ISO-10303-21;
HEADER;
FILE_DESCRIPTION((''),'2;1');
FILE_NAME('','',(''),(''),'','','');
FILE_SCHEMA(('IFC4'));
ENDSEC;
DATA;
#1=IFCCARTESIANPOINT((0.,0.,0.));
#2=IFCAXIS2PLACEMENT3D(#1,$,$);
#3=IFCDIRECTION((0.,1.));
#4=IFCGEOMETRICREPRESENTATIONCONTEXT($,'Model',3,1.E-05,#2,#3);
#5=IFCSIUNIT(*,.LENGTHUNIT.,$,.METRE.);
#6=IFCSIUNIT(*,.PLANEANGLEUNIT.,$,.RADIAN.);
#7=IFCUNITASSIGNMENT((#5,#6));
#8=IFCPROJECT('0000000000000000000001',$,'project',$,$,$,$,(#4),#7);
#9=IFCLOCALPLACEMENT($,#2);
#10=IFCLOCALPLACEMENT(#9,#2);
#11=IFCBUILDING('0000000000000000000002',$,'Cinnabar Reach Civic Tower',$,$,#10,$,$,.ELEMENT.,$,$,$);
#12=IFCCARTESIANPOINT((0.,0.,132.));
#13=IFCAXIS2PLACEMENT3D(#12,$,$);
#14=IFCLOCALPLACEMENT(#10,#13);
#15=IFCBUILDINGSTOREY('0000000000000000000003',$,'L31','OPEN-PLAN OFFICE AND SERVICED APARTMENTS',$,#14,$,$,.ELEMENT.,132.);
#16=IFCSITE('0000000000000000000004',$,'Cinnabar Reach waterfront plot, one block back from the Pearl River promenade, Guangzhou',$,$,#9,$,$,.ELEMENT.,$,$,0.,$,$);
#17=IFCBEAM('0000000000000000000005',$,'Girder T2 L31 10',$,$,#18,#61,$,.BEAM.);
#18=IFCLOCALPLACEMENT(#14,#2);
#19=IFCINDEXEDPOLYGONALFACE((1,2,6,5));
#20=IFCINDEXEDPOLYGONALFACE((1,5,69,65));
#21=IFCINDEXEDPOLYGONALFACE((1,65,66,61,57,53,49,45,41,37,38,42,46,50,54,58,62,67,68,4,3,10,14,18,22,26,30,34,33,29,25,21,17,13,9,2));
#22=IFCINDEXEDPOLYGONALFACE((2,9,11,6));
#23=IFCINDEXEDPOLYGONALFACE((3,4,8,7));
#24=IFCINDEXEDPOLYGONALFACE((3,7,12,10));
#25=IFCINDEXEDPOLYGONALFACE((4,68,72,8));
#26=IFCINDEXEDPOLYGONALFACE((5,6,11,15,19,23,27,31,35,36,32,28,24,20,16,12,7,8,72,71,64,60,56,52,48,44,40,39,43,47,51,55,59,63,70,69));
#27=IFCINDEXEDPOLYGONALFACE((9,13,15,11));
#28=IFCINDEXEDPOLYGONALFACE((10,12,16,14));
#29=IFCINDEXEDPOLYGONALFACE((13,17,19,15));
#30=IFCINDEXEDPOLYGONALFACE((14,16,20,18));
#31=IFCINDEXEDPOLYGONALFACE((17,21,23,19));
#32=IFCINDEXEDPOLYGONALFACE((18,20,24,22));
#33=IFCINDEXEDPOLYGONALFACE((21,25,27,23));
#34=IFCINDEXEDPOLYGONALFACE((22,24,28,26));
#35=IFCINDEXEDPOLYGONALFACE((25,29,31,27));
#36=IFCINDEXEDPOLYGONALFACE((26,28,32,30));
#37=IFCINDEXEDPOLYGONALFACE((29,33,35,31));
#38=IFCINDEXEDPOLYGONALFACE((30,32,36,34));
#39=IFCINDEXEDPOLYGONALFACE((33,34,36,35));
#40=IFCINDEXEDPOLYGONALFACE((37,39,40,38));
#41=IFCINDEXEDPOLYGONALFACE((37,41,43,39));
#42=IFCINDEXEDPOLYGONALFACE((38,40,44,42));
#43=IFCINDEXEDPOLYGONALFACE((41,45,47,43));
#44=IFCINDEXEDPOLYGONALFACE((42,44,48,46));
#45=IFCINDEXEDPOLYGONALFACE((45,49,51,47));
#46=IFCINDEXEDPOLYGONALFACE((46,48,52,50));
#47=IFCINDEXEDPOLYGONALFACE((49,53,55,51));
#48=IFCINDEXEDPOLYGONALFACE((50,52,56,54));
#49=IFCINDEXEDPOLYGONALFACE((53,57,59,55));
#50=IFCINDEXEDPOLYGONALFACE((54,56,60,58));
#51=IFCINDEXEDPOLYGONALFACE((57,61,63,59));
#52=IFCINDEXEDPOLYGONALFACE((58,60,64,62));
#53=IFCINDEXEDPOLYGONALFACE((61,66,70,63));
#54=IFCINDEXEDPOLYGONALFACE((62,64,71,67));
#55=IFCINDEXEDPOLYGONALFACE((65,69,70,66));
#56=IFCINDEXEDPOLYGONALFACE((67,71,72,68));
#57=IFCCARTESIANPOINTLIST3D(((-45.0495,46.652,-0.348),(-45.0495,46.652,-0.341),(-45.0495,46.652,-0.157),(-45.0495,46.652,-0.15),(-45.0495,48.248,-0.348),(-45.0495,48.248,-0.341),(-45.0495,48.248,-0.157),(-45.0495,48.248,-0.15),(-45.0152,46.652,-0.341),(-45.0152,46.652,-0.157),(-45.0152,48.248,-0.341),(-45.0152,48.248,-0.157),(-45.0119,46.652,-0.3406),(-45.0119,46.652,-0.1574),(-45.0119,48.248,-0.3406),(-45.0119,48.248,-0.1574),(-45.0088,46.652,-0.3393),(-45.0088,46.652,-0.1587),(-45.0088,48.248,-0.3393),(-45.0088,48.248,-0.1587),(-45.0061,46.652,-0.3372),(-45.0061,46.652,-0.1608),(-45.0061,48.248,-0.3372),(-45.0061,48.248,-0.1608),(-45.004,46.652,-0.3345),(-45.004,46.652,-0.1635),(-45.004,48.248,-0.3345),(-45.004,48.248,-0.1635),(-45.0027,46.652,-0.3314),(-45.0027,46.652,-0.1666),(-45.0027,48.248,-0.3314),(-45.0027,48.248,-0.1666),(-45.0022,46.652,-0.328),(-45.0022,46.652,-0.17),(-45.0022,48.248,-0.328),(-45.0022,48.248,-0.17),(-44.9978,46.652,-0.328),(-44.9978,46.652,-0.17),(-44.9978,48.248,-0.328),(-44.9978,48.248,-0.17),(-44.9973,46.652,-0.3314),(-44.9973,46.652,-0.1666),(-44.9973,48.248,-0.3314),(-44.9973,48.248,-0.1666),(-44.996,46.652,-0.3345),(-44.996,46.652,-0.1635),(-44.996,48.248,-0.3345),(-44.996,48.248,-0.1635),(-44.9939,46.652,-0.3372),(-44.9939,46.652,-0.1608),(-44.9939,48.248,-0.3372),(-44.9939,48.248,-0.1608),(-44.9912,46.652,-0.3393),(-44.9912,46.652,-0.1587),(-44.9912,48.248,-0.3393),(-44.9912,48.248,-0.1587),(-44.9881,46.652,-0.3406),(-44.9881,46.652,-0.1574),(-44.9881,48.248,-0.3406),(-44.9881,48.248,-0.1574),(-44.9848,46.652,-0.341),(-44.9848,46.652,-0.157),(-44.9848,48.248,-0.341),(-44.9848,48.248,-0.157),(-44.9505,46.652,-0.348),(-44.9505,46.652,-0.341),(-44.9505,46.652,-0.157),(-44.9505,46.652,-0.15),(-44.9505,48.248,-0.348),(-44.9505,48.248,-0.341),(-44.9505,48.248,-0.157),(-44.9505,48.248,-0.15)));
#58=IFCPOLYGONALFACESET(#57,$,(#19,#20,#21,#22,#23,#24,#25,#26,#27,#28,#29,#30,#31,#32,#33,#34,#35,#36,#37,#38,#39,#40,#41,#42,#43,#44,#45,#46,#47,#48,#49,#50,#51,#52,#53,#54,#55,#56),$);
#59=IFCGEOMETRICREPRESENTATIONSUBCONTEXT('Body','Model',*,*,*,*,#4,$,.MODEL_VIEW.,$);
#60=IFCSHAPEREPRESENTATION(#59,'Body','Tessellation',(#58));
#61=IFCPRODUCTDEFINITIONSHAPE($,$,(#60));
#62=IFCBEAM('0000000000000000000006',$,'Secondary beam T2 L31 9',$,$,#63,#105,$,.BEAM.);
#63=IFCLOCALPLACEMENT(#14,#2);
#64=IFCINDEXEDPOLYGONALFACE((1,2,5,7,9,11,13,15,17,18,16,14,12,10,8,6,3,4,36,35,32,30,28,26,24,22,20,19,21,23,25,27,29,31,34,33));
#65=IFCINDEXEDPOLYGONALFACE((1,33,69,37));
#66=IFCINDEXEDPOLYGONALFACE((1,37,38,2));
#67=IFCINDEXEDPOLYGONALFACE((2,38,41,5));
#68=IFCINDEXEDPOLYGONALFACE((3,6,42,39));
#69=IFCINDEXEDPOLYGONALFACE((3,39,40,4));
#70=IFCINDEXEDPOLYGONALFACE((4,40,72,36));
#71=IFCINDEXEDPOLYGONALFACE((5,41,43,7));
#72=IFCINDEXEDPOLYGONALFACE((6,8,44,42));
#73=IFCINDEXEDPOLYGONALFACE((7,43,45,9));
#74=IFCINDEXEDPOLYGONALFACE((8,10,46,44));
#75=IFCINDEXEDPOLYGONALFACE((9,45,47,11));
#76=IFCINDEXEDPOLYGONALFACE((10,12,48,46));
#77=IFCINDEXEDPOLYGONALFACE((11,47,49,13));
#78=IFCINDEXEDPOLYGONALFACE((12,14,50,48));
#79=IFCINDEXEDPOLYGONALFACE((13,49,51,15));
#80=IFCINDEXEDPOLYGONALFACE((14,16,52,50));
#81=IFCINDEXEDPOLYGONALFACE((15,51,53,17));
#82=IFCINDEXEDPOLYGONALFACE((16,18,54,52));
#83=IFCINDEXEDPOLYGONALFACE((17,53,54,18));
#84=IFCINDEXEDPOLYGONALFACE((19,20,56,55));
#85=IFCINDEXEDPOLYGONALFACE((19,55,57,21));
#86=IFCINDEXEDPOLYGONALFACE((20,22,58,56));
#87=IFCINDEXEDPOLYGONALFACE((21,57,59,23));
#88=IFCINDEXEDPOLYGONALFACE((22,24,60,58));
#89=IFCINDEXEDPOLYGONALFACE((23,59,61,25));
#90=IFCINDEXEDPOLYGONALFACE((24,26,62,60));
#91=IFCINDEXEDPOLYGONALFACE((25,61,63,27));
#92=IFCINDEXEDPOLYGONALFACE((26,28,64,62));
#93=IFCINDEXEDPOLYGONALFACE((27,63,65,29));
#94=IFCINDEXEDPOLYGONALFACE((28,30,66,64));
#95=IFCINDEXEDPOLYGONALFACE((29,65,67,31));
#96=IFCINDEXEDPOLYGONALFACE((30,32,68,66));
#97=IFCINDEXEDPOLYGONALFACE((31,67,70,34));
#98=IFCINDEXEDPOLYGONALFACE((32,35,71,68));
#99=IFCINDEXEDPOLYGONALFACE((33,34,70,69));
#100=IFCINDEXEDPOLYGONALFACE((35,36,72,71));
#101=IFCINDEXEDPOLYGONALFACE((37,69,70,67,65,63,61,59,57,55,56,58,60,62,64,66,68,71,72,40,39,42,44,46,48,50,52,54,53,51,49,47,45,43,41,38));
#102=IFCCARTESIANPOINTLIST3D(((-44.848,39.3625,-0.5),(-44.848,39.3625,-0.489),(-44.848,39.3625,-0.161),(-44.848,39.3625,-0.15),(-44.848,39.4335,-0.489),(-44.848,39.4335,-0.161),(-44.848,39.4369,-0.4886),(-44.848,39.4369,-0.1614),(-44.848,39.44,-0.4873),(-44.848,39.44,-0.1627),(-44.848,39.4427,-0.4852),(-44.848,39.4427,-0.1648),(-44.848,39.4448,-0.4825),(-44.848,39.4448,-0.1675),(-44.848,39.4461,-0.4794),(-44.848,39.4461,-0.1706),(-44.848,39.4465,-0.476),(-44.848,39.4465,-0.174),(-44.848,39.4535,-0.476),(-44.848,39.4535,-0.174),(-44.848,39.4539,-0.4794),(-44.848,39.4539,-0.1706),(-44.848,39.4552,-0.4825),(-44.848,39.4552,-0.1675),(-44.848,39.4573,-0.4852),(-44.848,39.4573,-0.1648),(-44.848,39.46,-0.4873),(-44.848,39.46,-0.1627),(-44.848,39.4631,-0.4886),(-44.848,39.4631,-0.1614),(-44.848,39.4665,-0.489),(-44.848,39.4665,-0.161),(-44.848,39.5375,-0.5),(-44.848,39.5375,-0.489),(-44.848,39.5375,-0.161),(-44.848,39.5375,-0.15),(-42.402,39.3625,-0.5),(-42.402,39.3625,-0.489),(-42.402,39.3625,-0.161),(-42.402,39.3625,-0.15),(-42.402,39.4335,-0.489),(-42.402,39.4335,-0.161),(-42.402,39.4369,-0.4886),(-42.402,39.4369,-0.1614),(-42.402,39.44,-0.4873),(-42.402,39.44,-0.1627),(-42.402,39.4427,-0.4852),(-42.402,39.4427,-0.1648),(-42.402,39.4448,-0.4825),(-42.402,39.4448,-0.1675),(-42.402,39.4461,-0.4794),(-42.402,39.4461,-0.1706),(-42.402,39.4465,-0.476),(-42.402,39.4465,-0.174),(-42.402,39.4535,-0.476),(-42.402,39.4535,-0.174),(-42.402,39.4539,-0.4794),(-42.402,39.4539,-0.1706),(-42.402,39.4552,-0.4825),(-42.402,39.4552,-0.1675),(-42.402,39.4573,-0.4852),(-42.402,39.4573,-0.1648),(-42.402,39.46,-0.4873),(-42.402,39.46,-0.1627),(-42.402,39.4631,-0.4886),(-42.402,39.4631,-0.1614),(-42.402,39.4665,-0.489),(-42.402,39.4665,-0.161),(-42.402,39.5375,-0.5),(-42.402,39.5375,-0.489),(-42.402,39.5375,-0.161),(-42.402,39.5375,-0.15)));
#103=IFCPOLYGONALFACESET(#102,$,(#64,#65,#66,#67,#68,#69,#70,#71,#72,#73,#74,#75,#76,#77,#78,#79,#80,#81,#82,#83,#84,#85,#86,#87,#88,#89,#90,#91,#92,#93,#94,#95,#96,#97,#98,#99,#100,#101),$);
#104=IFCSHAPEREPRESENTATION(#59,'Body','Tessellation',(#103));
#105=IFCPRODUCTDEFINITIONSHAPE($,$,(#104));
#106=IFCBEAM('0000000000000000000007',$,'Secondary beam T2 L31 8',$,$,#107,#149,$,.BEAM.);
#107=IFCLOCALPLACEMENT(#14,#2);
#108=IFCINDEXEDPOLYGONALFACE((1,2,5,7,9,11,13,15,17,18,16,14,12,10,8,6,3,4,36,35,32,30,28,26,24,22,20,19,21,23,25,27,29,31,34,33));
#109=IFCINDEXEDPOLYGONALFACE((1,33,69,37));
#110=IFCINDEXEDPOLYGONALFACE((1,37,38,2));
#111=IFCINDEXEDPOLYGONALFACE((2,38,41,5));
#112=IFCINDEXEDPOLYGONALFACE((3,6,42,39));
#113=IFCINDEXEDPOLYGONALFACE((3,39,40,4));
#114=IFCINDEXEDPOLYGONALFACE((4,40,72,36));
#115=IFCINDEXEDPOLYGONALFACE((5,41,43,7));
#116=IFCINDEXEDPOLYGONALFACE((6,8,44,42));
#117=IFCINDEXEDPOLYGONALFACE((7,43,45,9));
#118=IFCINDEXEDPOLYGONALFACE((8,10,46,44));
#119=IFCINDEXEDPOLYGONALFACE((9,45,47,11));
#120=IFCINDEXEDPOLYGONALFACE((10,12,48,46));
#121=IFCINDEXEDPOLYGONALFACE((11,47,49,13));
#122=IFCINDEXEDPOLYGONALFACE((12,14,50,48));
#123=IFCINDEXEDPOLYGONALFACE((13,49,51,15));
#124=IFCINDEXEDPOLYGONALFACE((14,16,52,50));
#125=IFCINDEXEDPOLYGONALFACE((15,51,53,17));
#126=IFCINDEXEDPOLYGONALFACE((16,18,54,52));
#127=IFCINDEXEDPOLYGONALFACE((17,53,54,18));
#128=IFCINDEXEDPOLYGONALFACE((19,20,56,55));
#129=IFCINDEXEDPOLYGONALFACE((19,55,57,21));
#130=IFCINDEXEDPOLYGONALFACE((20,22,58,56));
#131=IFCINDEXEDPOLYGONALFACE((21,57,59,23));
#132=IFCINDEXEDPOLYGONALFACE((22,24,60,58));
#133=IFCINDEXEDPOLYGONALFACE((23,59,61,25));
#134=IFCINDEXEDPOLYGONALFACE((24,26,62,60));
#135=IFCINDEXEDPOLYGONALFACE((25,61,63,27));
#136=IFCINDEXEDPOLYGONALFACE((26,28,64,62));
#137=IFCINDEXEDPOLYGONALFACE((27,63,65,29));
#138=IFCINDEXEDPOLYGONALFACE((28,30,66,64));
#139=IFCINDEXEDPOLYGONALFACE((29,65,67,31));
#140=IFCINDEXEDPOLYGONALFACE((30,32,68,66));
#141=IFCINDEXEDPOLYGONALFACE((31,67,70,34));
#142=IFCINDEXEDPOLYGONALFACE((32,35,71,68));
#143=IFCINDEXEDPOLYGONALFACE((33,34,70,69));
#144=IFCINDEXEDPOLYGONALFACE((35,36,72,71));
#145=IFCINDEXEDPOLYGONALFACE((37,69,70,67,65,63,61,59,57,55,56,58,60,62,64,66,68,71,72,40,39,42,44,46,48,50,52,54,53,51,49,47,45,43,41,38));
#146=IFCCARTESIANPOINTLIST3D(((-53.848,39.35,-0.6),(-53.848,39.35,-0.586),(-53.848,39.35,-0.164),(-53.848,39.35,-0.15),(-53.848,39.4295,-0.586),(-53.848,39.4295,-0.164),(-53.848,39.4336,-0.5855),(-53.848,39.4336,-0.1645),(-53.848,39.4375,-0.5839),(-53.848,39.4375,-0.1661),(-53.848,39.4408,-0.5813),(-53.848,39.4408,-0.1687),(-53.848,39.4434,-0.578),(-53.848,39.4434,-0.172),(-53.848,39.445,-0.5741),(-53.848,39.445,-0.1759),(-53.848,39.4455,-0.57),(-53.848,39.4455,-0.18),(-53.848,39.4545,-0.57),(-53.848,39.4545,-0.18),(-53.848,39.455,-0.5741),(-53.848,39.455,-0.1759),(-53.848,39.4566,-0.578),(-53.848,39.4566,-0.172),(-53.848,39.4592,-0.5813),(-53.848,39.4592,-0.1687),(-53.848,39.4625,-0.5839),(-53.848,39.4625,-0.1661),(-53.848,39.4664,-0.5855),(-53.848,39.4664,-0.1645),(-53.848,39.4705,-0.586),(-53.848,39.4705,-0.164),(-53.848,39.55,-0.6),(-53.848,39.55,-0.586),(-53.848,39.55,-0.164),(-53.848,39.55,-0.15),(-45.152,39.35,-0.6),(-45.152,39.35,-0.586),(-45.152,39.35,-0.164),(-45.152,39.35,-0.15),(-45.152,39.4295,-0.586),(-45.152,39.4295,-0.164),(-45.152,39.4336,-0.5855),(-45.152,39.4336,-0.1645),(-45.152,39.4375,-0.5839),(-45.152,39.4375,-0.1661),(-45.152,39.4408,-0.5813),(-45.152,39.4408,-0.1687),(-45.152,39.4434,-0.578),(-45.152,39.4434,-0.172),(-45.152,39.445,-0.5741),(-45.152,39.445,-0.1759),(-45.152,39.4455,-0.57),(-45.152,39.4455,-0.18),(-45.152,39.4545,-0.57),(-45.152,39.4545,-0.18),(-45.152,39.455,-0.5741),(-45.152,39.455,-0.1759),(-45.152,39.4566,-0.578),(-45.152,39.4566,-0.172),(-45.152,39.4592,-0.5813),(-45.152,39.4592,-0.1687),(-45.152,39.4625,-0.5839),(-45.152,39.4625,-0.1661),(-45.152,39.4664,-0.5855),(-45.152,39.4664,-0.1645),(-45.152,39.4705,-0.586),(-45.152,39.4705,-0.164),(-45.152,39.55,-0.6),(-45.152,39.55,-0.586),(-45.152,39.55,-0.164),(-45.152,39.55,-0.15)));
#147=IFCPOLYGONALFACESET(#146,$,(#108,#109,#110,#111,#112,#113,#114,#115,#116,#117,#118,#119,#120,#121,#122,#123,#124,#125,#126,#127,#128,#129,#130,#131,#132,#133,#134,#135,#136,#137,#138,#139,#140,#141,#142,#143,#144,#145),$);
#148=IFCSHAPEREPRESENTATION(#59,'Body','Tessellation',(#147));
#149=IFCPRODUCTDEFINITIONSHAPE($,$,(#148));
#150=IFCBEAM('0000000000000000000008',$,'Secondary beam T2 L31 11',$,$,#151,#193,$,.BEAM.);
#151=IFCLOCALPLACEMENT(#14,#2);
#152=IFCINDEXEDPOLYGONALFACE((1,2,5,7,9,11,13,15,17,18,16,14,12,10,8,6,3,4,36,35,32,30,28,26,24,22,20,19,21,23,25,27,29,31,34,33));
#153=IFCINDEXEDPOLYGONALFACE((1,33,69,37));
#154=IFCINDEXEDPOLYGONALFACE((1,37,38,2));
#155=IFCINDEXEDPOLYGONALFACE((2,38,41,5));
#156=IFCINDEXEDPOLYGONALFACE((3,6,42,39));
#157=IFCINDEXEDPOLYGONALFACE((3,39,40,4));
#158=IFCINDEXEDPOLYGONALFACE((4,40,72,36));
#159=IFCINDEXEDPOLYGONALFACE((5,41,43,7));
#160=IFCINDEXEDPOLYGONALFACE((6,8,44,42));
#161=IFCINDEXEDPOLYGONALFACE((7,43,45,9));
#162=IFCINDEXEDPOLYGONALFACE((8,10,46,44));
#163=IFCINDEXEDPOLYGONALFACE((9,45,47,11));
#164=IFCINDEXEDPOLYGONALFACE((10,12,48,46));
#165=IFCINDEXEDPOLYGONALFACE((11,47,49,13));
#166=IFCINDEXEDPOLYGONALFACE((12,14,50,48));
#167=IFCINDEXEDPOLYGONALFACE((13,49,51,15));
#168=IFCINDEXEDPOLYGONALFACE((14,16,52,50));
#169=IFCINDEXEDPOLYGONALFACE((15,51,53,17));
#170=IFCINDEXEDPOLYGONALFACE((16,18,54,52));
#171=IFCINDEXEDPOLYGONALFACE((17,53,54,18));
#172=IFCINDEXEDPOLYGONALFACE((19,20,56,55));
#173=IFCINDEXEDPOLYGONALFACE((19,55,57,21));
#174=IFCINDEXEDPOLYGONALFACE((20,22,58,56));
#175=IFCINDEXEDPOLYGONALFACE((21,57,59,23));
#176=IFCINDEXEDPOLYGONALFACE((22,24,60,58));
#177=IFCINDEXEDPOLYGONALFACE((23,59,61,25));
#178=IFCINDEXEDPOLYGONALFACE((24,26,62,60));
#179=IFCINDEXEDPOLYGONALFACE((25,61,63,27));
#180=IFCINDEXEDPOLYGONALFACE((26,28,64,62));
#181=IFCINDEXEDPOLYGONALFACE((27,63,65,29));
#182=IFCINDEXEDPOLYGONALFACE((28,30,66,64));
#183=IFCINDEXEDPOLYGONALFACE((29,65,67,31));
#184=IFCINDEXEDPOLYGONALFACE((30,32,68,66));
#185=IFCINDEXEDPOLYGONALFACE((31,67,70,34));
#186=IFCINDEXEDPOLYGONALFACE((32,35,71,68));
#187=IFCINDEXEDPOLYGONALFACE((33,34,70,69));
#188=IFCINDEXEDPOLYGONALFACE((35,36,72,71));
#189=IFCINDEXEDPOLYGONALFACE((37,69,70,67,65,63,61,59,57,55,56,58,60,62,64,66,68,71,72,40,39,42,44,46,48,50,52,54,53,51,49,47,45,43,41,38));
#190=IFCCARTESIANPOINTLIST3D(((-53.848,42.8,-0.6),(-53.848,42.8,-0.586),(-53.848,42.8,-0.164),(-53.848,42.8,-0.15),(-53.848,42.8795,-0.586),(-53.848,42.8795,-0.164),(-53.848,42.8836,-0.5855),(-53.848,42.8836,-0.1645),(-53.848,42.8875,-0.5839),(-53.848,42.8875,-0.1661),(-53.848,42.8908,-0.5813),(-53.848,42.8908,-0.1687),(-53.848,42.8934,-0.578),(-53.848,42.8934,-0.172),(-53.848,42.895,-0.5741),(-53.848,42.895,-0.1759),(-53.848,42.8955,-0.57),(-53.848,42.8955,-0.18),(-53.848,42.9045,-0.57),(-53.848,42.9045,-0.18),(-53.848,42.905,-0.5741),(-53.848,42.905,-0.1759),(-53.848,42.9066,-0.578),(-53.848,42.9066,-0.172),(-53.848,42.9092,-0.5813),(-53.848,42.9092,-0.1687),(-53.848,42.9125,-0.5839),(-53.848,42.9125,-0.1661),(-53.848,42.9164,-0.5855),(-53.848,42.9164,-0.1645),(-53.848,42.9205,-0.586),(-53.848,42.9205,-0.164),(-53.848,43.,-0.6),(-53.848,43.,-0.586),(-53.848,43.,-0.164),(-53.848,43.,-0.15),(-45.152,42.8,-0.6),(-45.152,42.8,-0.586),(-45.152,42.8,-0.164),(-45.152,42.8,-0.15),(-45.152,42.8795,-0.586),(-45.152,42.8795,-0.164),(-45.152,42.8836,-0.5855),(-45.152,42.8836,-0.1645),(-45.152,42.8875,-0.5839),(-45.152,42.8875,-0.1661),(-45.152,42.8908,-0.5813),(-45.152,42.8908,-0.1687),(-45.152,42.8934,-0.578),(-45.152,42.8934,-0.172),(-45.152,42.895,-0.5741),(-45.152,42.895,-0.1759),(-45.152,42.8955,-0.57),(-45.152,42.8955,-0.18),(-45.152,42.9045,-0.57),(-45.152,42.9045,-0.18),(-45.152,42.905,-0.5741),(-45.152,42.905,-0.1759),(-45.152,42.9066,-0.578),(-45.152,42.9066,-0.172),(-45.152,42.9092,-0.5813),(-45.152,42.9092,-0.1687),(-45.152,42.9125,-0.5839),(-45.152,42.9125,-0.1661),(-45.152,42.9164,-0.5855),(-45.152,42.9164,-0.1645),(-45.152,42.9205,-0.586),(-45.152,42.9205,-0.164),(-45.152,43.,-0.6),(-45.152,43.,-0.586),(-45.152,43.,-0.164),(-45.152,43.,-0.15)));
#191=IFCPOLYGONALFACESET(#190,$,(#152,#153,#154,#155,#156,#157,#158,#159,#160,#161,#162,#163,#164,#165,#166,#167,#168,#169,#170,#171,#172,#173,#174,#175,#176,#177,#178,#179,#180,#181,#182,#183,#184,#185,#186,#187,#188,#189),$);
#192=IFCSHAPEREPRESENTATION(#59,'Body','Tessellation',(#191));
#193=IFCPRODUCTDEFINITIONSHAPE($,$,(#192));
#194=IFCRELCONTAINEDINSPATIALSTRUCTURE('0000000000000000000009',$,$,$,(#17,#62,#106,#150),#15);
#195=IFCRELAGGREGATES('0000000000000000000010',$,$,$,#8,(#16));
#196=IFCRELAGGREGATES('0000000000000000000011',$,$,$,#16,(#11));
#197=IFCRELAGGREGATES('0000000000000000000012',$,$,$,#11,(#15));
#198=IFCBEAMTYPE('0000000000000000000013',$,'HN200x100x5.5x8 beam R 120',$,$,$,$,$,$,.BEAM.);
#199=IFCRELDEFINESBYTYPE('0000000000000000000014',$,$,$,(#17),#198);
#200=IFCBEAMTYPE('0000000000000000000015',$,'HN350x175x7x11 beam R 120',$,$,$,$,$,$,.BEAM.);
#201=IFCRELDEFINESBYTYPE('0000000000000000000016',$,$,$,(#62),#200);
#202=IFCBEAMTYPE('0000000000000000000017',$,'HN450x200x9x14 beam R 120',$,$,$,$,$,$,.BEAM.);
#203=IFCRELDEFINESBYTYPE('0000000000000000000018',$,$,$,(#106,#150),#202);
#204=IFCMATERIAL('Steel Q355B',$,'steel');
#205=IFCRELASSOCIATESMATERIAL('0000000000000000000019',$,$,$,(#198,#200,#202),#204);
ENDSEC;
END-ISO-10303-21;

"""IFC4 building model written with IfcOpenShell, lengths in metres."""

from ifc_helpers import new_model, si_unit, direction, frame, origin, origin_2d, place, context, subcontext, project, spatial, i_section, extrude, material, material_profile, profile_set, type_object, element, save


model = new_model("IFC4")

# Units and contexts
model_context = context("Model", 3, precision=1e-05, world=origin(), true_north=direction((0.0, 1.0)))
body_context = subcontext(model_context, "Body", "Model", "MODEL_VIEW")
ifc_project = project(units=[si_unit("LENGTHUNIT", "METRE"), si_unit("PLANEANGLEUNIT", "RADIAN")], contexts=[model_context])

# Site, building, storey
site_placement = place(None, origin())
site = spatial("IfcSite", under=ifc_project, at=site_placement, Name="Cinnabar Reach waterfront plot, one block back from the Pearl River promenade, Guangzhou", CompositionType="ELEMENT", RefElevation=0.0)
building_placement = place(site_placement, origin())
building = spatial("IfcBuilding", under=site, at=building_placement, Name="Cinnabar Reach Civic Tower", CompositionType="ELEMENT")
storey_placement = place(building_placement, frame((0.0, 0.0, 132.0)))
storey = spatial("IfcBuildingStorey", under=building, at=storey_placement, Name="L31", Description="OPEN-PLAN OFFICE AND SERVICED APARTMENTS", CompositionType="ELEMENT", Elevation=132.0)

# Beams
ifc_material_1 = material(Name="Steel Q355B", Category="steel")
ifc_material_profile_1 = material_profile(ifc_material_1, i_section(OverallWidth=0.099, OverallDepth=0.198, WebThickness=0.0045, FlangeThickness=0.007, FilletRadius=0.013, at=origin_2d()), Name="HN200x100x5.5x8")
ifc_profile_set_1 = profile_set([ifc_material_profile_1], Name="Steel Q355B")
beam_type_1 = type_object("IfcBeamType", Name="HN200x100x5.5x8 beam R 120", PredefinedType="BEAM", material=ifc_profile_set_1)
beam_1_placement = place(storey_placement, frame((-45.0, 46.652, -0.249), z_axis=(0.0, 1.0, 0.0), x_axis=(-1.0, 0.0, 0.0)))
element("IfcBeam", 1, at=beam_1_placement, inside=storey, type_object=beam_type_1, Name="Girder T2 L31 10", PredefinedType="BEAM", context=body_context, shape_type="SweptSolid", body=[
    extrude(i_section(OverallWidth=0.099, OverallDepth=0.198, WebThickness=0.0045, FlangeThickness=0.007, FilletRadius=0.013, at=origin_2d()), origin(), (0.0, 0.0, 1.0), 1.596),
])
ifc_material_profile_2 = material_profile(ifc_material_1, i_section(OverallWidth=0.175, OverallDepth=0.35, WebThickness=0.007, FlangeThickness=0.011, FilletRadius=0.013, at=origin_2d()), Name="HN350x175x7x11")
ifc_profile_set_2 = profile_set([ifc_material_profile_2], Name="Steel Q355B")
beam_type_2 = type_object("IfcBeamType", Name="HN350x175x7x11 beam R 120", PredefinedType="BEAM", material=ifc_profile_set_2)
beam_2_placement = place(storey_placement, frame((-44.848, 39.45, -0.325), z_axis=(1.0, 0.0, 0.0), x_axis=(0.0, 1.0, 0.0)))
element("IfcBeam", 2, at=beam_2_placement, inside=storey, type_object=beam_type_2, Name="Secondary beam T2 L31 9", PredefinedType="BEAM", context=body_context, shape_type="SweptSolid", body=[
    extrude(i_section(OverallWidth=0.175, OverallDepth=0.35, WebThickness=0.007, FlangeThickness=0.011, FilletRadius=0.013, at=origin_2d()), origin(), (0.0, 0.0, 1.0), 2.446),
])
ifc_material_profile_3 = material_profile(ifc_material_1, i_section(OverallWidth=0.2, OverallDepth=0.45, WebThickness=0.009, FlangeThickness=0.014, FilletRadius=0.016, at=origin_2d()), Name="HN450x200x9x14")
ifc_profile_set_3 = profile_set([ifc_material_profile_3], Name="Steel Q355B")
beam_type_3 = type_object("IfcBeamType", Name="HN450x200x9x14 beam R 120", PredefinedType="BEAM", material=ifc_profile_set_3)
for number, where, z_axis, x_axis, name in (
    (3, (-53.848, 39.45, -0.375), (1.0, 0.0, 0.0), (0.0, 1.0, 0.0), "Secondary beam T2 L31 8"),
    (4, (-53.848, 42.9, -0.375), (1.0, 0.0, 0.0), (0.0, 1.0, 0.0), "Secondary beam T2 L31 11"),
):
    element("IfcBeam", number, at=place(storey_placement, frame(where, z_axis=z_axis, x_axis=x_axis)), inside=storey, type_object=beam_type_3, Name=name, PredefinedType="BEAM", context=body_context, shape_type="SweptSolid", body=[
        extrude(i_section(OverallWidth=0.2, OverallDepth=0.45, WebThickness=0.009, FlangeThickness=0.014, FilletRadius=0.016, at=origin_2d()), origin(), (0.0, 0.0, 1.0), 8.696),
    ])

save(model, "model.ifc")
